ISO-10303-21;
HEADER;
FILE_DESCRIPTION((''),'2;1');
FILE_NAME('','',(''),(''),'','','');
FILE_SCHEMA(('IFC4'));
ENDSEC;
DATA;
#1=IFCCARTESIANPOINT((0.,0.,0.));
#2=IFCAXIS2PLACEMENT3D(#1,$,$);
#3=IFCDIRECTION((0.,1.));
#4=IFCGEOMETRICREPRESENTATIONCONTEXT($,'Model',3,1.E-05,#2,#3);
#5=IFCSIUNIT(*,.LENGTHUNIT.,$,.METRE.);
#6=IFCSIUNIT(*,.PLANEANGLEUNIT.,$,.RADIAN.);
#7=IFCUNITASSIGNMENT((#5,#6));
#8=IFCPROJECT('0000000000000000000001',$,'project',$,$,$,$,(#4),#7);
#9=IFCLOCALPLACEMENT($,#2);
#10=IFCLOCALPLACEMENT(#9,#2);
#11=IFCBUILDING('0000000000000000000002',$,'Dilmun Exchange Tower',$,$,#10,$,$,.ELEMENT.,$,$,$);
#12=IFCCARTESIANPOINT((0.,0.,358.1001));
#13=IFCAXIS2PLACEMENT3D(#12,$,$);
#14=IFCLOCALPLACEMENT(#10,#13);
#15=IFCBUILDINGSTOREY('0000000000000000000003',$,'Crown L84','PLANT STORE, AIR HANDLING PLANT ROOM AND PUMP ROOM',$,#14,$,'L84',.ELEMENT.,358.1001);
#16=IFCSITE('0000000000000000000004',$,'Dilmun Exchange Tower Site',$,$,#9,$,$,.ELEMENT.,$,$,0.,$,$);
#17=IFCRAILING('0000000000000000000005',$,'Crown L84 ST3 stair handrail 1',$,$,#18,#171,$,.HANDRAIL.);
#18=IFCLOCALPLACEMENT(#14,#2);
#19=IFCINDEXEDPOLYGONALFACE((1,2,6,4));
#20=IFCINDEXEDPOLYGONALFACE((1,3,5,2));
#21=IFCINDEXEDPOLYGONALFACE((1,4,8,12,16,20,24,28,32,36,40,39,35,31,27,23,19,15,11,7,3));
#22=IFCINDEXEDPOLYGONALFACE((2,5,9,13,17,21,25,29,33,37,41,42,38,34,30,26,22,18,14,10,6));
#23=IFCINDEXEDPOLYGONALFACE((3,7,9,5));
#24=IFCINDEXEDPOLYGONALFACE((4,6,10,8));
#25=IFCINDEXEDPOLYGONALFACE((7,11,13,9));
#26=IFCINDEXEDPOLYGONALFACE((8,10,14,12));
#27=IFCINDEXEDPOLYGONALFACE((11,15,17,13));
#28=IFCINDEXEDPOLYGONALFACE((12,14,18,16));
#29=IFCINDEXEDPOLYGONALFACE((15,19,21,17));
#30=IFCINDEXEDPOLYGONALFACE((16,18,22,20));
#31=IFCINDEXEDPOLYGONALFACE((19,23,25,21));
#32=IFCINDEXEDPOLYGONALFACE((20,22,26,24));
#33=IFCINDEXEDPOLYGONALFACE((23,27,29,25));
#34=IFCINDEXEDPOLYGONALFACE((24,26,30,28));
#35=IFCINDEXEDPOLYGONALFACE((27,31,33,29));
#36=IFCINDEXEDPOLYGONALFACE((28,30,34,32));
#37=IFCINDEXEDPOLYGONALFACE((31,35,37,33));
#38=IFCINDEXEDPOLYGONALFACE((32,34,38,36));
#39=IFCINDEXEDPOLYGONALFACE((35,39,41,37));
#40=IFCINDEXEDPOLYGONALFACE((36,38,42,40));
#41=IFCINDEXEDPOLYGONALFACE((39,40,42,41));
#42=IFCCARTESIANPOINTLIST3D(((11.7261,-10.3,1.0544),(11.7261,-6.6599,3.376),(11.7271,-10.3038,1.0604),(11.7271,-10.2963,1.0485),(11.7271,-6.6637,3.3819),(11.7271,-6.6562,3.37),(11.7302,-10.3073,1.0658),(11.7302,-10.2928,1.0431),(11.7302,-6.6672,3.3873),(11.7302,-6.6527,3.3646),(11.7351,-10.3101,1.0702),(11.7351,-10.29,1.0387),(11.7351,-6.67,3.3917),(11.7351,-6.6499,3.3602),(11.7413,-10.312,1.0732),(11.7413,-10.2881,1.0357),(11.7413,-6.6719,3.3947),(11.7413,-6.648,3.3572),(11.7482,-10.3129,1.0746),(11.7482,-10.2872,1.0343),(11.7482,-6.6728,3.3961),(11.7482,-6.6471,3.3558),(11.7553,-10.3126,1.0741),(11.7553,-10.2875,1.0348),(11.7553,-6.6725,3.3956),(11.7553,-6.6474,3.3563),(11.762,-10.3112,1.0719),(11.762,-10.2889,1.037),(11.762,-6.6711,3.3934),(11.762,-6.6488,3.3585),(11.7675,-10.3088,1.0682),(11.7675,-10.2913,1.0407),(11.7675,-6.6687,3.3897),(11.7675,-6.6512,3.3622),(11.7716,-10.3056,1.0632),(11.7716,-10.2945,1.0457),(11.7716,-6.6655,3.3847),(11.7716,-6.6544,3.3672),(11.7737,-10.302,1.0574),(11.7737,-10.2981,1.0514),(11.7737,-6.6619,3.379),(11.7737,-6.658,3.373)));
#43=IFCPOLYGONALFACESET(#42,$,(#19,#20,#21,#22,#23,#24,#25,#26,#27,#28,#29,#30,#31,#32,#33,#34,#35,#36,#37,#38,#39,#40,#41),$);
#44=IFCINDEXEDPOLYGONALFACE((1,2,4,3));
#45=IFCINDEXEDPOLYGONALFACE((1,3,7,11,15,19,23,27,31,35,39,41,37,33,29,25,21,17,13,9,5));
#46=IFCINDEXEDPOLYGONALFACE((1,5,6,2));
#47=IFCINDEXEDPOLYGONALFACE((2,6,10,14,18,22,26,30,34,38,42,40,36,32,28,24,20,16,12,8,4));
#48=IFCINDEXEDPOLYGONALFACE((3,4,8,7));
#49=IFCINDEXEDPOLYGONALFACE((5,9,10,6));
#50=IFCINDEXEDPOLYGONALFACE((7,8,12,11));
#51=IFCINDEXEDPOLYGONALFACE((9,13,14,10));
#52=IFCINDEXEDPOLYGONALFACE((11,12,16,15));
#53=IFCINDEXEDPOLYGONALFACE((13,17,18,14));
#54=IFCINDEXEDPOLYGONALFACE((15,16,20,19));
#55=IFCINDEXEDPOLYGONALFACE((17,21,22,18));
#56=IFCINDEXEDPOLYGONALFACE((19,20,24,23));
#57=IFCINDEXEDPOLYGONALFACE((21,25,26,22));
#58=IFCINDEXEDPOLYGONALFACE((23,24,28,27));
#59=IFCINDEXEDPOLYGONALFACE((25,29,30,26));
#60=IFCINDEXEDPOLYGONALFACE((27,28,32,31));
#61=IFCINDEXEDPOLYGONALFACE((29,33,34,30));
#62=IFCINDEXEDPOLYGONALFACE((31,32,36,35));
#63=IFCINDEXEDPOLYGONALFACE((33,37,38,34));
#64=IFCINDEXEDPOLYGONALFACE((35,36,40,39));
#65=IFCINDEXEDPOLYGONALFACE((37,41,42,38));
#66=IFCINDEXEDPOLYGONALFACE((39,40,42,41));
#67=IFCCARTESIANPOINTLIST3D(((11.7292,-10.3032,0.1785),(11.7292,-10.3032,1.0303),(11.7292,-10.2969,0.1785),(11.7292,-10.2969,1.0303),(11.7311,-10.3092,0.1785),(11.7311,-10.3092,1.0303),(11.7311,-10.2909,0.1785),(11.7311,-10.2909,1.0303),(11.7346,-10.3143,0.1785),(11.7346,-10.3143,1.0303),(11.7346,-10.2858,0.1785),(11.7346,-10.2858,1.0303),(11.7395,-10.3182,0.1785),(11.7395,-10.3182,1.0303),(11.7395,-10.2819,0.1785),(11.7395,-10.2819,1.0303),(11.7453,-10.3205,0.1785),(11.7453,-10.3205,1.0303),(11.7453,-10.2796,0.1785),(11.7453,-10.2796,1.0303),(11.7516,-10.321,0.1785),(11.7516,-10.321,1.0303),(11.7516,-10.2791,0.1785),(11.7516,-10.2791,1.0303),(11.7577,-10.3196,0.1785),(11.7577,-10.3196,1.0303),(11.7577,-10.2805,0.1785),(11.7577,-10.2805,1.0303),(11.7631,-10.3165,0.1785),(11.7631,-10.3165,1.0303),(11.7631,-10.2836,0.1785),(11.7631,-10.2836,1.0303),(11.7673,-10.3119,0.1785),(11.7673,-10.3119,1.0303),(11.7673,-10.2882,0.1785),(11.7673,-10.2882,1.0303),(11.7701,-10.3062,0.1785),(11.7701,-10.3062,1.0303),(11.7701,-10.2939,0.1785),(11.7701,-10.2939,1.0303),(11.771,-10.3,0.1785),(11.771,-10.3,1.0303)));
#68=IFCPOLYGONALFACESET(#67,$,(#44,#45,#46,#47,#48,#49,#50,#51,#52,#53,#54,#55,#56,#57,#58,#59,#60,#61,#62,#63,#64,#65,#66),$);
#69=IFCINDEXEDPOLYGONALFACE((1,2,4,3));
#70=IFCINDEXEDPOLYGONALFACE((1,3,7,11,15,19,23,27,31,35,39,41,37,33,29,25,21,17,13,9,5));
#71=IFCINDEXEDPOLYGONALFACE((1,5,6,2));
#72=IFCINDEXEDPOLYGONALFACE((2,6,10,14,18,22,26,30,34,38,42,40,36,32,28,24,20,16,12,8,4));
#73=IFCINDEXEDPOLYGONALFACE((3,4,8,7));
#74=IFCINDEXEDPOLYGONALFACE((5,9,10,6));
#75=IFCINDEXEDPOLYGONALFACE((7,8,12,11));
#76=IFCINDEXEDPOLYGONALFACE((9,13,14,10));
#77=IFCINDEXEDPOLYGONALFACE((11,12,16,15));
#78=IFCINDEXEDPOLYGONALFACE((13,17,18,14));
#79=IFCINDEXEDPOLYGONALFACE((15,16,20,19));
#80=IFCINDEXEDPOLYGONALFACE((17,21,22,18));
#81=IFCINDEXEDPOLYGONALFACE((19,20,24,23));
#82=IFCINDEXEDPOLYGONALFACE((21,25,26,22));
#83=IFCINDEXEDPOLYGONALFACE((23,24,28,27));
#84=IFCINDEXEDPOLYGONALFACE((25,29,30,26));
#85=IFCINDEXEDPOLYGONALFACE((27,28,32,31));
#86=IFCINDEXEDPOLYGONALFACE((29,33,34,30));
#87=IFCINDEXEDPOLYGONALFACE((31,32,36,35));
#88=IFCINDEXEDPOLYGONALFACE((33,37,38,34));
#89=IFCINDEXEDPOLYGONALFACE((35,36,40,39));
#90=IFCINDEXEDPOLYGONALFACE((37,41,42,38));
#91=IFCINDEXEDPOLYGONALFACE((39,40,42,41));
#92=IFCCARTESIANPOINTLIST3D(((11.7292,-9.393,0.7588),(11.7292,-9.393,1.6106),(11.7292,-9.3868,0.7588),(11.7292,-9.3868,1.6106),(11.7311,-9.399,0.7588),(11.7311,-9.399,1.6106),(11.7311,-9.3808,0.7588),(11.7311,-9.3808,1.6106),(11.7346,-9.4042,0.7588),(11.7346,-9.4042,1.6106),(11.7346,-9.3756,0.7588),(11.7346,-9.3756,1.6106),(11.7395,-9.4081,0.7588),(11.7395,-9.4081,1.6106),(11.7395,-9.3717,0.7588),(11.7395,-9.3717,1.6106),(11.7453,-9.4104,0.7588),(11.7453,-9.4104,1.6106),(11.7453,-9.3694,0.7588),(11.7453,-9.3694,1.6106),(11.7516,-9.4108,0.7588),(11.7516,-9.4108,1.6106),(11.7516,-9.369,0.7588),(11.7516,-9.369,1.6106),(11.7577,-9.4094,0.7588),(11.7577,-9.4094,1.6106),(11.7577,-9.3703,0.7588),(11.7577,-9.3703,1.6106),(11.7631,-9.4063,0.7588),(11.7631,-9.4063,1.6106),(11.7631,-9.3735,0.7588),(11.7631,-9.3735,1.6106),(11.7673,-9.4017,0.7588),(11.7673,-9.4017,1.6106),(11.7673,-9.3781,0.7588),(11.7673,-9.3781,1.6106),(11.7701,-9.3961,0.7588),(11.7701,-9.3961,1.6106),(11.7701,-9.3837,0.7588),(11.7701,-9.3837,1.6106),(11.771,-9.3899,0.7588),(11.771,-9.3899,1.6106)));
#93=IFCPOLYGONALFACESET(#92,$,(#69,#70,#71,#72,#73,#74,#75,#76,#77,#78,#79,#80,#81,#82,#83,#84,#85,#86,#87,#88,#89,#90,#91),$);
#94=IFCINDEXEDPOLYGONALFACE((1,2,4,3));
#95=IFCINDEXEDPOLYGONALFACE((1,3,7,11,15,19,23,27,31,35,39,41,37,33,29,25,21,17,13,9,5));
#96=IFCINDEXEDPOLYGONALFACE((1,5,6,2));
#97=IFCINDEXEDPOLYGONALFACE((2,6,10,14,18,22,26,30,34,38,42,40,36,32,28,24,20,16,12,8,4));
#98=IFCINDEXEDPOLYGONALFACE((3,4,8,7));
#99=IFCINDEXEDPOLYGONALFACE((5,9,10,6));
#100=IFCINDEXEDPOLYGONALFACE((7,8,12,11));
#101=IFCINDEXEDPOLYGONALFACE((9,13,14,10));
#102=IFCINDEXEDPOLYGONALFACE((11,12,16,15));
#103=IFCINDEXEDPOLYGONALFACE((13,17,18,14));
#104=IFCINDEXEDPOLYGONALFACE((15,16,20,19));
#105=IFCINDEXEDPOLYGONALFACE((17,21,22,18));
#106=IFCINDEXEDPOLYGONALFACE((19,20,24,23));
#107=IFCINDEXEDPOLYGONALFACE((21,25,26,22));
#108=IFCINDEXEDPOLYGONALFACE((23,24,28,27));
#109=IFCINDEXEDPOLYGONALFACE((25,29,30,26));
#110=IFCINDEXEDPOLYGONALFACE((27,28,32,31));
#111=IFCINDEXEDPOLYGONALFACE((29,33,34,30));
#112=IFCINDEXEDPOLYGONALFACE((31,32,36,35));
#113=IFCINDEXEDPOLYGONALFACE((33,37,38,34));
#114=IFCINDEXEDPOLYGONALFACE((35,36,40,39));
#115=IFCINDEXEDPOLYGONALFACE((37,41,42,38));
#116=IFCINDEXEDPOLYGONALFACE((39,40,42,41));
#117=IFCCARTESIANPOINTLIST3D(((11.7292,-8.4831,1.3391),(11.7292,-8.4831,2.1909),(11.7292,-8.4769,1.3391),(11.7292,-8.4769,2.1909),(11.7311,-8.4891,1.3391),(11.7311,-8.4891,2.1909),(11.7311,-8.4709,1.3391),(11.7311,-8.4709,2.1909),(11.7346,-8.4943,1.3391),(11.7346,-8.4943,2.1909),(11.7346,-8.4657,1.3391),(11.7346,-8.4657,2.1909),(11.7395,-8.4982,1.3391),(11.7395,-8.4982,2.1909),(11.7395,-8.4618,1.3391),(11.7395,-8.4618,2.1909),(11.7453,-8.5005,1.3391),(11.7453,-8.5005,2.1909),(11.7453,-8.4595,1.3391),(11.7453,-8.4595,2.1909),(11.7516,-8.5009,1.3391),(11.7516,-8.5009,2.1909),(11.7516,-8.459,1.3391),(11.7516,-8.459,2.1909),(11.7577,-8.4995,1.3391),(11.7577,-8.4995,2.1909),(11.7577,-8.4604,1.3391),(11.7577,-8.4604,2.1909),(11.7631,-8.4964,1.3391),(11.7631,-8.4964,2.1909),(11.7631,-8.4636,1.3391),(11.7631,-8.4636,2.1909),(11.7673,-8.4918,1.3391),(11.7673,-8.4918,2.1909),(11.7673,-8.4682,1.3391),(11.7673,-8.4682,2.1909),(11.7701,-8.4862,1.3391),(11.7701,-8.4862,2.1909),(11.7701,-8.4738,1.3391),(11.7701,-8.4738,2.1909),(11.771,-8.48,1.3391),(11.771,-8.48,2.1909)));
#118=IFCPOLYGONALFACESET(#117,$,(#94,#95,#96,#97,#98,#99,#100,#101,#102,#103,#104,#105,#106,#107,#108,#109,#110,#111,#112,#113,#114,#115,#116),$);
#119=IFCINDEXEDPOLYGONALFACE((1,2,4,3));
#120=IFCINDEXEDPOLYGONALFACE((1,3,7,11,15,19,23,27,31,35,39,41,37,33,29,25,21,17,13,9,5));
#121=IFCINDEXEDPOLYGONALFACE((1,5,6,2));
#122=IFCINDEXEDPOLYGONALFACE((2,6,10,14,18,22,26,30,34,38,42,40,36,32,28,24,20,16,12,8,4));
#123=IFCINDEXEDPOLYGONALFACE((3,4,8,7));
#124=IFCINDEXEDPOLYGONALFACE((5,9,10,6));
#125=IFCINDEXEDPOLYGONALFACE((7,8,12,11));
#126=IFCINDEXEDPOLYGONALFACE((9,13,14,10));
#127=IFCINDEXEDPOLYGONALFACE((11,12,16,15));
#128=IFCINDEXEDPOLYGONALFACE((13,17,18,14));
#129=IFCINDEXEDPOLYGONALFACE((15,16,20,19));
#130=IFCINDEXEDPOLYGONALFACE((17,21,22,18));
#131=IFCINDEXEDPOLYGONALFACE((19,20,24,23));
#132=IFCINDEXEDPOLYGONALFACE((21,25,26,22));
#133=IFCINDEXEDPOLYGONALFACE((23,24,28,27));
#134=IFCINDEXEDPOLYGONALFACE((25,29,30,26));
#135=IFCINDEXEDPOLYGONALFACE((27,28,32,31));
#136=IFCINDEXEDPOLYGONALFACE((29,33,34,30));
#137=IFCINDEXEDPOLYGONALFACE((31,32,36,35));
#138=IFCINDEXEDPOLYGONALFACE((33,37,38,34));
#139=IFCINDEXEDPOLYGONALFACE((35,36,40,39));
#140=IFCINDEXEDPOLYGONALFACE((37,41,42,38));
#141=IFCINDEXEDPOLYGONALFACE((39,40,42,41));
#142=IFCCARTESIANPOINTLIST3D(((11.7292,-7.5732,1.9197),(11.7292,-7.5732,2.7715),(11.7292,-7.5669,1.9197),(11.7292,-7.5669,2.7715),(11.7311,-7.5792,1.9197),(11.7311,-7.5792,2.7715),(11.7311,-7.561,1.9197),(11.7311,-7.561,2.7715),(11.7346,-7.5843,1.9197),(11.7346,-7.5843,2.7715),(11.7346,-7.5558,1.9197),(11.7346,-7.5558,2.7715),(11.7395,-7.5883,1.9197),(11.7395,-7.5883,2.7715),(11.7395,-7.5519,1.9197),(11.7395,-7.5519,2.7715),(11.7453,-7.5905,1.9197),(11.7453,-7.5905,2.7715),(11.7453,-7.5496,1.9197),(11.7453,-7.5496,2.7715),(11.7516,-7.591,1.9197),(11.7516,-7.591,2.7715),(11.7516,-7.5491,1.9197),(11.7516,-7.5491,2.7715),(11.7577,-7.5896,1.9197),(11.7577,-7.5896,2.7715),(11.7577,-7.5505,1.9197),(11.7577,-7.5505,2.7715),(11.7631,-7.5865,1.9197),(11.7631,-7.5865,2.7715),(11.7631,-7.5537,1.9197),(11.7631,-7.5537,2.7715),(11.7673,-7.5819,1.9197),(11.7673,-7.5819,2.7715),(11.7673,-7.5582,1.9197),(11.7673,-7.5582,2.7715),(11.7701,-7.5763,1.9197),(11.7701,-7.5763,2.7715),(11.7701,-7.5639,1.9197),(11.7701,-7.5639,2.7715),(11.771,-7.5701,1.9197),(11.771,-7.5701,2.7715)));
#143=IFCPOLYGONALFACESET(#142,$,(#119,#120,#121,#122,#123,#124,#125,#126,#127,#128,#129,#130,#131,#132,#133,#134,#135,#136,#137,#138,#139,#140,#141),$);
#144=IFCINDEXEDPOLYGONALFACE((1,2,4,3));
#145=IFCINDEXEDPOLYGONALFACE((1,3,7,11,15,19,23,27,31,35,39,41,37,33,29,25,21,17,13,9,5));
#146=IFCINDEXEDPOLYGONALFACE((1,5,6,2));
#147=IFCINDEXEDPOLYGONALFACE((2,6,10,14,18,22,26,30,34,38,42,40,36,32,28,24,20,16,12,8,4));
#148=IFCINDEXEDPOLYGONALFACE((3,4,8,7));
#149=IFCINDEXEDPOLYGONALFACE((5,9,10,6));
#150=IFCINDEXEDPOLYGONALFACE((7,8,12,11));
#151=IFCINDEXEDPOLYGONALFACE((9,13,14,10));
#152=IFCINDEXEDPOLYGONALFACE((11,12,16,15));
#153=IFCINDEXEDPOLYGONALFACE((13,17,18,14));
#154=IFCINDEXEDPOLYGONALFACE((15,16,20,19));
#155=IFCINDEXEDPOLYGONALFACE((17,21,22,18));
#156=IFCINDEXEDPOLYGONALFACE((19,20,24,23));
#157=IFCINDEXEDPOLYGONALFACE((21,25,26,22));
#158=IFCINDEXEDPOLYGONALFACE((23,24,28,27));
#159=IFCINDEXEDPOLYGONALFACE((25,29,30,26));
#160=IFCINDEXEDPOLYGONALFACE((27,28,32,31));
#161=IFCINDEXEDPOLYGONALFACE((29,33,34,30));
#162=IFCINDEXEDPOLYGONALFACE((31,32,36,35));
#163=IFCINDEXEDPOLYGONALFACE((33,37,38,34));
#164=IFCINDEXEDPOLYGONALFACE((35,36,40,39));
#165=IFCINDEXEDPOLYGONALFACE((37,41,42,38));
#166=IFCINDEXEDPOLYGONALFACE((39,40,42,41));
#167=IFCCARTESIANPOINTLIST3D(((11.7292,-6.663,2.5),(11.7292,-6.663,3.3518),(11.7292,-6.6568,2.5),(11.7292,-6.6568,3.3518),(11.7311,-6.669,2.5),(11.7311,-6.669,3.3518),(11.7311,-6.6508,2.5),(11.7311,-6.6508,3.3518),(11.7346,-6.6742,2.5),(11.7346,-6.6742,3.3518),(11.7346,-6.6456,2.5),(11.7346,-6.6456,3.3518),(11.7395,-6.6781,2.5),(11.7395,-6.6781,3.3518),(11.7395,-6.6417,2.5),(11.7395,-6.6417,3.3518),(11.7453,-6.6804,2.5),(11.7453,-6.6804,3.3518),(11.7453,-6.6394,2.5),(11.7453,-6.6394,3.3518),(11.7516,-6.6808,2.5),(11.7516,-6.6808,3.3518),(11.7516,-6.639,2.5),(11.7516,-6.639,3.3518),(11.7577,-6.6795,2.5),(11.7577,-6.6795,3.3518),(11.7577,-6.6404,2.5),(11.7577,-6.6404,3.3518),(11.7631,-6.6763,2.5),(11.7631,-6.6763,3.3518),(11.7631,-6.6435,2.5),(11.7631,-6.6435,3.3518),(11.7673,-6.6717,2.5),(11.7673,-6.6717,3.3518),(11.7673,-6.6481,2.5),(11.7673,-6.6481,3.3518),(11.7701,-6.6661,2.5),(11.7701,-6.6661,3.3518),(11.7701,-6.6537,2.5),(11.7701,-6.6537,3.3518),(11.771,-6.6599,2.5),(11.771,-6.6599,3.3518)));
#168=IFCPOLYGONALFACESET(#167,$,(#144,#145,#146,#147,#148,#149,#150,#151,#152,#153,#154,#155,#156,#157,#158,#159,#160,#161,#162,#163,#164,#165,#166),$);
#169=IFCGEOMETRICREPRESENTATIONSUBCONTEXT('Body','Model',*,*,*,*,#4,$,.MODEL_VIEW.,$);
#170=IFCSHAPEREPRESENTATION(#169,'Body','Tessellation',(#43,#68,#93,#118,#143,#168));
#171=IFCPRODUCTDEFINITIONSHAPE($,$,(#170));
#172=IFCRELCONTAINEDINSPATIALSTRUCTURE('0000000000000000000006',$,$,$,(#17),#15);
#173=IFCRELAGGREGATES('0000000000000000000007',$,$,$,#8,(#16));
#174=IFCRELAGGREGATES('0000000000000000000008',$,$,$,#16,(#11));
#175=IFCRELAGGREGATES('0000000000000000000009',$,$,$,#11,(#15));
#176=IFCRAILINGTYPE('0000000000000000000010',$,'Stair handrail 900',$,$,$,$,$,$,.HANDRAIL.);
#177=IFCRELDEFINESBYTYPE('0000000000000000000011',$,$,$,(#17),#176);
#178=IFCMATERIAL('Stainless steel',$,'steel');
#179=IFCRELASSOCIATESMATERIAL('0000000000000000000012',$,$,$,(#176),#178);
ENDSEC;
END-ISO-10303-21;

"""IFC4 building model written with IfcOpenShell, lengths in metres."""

from ifc_helpers import new_model, si_unit, direction, frame, origin, origin_2d, place, context, subcontext, project, spatial, circle, extrude, material, type_object, element, save


model = new_model("IFC4")

# Units and contexts
model_context = context("Model", 3, precision=1e-05, world=origin(), true_north=direction((0.0, 1.0)))
body_context = subcontext(model_context, "Body", "Model", "MODEL_VIEW")
ifc_project = project(units=[si_unit("LENGTHUNIT", "METRE"), si_unit("PLANEANGLEUNIT", "RADIAN")], contexts=[model_context])

# Site, building, storey
site_placement = place(None, origin())
site = spatial("IfcSite", under=ifc_project, at=site_placement, Name="Dilmun Exchange Tower Site", CompositionType="ELEMENT", RefElevation=0.0)
building_placement = place(site_placement, origin())
building = spatial("IfcBuilding", under=site, at=building_placement, Name="Dilmun Exchange Tower", CompositionType="ELEMENT")
storey_placement = place(building_placement, frame((0.0, 0.0, 358.1001)))
storey = spatial("IfcBuildingStorey", under=building, at=storey_placement, Name="Crown L84", Description="PLANT STORE, AIR HANDLING PLANT ROOM AND PUMP ROOM", LongName="L84", CompositionType="ELEMENT", Elevation=358.1001)

# Railing
ifc_material_1 = material(Name="Stainless steel", Category="steel")
railing_type = type_object("IfcRailingType", Name="Stair handrail 900", PredefinedType="HANDRAIL", material=ifc_material_1)
railing_1_placement = place(storey_placement, frame((11.75, -10.3, 0.1785)))
element("IfcRailing", 1, at=railing_1_placement, inside=storey, type_object=railing_type, Name="Crown L84 ST3 stair handrail 1", PredefinedType="HANDRAIL", context=body_context, shape_type="SweptSolid", body=[
    extrude(circle(Radius=0.0239, at=origin_2d()), frame((0.0, 0.0, 0.876), z_axis=(0.0, 0.843128, 0.537713), x_axis=(-1.0, 0.0, 0.0)), (0.0, 0.0, 1.0), 4.3174),
    extrude(circle(Radius=0.021, at=origin_2d()), origin(), (0.0, 0.0, 1.0), 0.8518),
    extrude(circle(Radius=0.021, at=origin_2d()), frame((0.0, 0.9102, 0.5803)), (0.0, 0.0, 1.0), 0.8518),
    extrude(circle(Radius=0.021, at=origin_2d()), frame((0.0, 1.8201, 1.1606)), (0.0, 0.0, 1.0), 0.8518),
    extrude(circle(Radius=0.021, at=origin_2d()), frame((0.0, 2.73, 1.7412)), (0.0, 0.0, 1.0), 0.8518),
    extrude(circle(Radius=0.021, at=origin_2d()), frame((0.0, 3.6401, 2.3215)), (0.0, 0.0, 1.0), 0.8518),
])

save(model, "model.ifc")
